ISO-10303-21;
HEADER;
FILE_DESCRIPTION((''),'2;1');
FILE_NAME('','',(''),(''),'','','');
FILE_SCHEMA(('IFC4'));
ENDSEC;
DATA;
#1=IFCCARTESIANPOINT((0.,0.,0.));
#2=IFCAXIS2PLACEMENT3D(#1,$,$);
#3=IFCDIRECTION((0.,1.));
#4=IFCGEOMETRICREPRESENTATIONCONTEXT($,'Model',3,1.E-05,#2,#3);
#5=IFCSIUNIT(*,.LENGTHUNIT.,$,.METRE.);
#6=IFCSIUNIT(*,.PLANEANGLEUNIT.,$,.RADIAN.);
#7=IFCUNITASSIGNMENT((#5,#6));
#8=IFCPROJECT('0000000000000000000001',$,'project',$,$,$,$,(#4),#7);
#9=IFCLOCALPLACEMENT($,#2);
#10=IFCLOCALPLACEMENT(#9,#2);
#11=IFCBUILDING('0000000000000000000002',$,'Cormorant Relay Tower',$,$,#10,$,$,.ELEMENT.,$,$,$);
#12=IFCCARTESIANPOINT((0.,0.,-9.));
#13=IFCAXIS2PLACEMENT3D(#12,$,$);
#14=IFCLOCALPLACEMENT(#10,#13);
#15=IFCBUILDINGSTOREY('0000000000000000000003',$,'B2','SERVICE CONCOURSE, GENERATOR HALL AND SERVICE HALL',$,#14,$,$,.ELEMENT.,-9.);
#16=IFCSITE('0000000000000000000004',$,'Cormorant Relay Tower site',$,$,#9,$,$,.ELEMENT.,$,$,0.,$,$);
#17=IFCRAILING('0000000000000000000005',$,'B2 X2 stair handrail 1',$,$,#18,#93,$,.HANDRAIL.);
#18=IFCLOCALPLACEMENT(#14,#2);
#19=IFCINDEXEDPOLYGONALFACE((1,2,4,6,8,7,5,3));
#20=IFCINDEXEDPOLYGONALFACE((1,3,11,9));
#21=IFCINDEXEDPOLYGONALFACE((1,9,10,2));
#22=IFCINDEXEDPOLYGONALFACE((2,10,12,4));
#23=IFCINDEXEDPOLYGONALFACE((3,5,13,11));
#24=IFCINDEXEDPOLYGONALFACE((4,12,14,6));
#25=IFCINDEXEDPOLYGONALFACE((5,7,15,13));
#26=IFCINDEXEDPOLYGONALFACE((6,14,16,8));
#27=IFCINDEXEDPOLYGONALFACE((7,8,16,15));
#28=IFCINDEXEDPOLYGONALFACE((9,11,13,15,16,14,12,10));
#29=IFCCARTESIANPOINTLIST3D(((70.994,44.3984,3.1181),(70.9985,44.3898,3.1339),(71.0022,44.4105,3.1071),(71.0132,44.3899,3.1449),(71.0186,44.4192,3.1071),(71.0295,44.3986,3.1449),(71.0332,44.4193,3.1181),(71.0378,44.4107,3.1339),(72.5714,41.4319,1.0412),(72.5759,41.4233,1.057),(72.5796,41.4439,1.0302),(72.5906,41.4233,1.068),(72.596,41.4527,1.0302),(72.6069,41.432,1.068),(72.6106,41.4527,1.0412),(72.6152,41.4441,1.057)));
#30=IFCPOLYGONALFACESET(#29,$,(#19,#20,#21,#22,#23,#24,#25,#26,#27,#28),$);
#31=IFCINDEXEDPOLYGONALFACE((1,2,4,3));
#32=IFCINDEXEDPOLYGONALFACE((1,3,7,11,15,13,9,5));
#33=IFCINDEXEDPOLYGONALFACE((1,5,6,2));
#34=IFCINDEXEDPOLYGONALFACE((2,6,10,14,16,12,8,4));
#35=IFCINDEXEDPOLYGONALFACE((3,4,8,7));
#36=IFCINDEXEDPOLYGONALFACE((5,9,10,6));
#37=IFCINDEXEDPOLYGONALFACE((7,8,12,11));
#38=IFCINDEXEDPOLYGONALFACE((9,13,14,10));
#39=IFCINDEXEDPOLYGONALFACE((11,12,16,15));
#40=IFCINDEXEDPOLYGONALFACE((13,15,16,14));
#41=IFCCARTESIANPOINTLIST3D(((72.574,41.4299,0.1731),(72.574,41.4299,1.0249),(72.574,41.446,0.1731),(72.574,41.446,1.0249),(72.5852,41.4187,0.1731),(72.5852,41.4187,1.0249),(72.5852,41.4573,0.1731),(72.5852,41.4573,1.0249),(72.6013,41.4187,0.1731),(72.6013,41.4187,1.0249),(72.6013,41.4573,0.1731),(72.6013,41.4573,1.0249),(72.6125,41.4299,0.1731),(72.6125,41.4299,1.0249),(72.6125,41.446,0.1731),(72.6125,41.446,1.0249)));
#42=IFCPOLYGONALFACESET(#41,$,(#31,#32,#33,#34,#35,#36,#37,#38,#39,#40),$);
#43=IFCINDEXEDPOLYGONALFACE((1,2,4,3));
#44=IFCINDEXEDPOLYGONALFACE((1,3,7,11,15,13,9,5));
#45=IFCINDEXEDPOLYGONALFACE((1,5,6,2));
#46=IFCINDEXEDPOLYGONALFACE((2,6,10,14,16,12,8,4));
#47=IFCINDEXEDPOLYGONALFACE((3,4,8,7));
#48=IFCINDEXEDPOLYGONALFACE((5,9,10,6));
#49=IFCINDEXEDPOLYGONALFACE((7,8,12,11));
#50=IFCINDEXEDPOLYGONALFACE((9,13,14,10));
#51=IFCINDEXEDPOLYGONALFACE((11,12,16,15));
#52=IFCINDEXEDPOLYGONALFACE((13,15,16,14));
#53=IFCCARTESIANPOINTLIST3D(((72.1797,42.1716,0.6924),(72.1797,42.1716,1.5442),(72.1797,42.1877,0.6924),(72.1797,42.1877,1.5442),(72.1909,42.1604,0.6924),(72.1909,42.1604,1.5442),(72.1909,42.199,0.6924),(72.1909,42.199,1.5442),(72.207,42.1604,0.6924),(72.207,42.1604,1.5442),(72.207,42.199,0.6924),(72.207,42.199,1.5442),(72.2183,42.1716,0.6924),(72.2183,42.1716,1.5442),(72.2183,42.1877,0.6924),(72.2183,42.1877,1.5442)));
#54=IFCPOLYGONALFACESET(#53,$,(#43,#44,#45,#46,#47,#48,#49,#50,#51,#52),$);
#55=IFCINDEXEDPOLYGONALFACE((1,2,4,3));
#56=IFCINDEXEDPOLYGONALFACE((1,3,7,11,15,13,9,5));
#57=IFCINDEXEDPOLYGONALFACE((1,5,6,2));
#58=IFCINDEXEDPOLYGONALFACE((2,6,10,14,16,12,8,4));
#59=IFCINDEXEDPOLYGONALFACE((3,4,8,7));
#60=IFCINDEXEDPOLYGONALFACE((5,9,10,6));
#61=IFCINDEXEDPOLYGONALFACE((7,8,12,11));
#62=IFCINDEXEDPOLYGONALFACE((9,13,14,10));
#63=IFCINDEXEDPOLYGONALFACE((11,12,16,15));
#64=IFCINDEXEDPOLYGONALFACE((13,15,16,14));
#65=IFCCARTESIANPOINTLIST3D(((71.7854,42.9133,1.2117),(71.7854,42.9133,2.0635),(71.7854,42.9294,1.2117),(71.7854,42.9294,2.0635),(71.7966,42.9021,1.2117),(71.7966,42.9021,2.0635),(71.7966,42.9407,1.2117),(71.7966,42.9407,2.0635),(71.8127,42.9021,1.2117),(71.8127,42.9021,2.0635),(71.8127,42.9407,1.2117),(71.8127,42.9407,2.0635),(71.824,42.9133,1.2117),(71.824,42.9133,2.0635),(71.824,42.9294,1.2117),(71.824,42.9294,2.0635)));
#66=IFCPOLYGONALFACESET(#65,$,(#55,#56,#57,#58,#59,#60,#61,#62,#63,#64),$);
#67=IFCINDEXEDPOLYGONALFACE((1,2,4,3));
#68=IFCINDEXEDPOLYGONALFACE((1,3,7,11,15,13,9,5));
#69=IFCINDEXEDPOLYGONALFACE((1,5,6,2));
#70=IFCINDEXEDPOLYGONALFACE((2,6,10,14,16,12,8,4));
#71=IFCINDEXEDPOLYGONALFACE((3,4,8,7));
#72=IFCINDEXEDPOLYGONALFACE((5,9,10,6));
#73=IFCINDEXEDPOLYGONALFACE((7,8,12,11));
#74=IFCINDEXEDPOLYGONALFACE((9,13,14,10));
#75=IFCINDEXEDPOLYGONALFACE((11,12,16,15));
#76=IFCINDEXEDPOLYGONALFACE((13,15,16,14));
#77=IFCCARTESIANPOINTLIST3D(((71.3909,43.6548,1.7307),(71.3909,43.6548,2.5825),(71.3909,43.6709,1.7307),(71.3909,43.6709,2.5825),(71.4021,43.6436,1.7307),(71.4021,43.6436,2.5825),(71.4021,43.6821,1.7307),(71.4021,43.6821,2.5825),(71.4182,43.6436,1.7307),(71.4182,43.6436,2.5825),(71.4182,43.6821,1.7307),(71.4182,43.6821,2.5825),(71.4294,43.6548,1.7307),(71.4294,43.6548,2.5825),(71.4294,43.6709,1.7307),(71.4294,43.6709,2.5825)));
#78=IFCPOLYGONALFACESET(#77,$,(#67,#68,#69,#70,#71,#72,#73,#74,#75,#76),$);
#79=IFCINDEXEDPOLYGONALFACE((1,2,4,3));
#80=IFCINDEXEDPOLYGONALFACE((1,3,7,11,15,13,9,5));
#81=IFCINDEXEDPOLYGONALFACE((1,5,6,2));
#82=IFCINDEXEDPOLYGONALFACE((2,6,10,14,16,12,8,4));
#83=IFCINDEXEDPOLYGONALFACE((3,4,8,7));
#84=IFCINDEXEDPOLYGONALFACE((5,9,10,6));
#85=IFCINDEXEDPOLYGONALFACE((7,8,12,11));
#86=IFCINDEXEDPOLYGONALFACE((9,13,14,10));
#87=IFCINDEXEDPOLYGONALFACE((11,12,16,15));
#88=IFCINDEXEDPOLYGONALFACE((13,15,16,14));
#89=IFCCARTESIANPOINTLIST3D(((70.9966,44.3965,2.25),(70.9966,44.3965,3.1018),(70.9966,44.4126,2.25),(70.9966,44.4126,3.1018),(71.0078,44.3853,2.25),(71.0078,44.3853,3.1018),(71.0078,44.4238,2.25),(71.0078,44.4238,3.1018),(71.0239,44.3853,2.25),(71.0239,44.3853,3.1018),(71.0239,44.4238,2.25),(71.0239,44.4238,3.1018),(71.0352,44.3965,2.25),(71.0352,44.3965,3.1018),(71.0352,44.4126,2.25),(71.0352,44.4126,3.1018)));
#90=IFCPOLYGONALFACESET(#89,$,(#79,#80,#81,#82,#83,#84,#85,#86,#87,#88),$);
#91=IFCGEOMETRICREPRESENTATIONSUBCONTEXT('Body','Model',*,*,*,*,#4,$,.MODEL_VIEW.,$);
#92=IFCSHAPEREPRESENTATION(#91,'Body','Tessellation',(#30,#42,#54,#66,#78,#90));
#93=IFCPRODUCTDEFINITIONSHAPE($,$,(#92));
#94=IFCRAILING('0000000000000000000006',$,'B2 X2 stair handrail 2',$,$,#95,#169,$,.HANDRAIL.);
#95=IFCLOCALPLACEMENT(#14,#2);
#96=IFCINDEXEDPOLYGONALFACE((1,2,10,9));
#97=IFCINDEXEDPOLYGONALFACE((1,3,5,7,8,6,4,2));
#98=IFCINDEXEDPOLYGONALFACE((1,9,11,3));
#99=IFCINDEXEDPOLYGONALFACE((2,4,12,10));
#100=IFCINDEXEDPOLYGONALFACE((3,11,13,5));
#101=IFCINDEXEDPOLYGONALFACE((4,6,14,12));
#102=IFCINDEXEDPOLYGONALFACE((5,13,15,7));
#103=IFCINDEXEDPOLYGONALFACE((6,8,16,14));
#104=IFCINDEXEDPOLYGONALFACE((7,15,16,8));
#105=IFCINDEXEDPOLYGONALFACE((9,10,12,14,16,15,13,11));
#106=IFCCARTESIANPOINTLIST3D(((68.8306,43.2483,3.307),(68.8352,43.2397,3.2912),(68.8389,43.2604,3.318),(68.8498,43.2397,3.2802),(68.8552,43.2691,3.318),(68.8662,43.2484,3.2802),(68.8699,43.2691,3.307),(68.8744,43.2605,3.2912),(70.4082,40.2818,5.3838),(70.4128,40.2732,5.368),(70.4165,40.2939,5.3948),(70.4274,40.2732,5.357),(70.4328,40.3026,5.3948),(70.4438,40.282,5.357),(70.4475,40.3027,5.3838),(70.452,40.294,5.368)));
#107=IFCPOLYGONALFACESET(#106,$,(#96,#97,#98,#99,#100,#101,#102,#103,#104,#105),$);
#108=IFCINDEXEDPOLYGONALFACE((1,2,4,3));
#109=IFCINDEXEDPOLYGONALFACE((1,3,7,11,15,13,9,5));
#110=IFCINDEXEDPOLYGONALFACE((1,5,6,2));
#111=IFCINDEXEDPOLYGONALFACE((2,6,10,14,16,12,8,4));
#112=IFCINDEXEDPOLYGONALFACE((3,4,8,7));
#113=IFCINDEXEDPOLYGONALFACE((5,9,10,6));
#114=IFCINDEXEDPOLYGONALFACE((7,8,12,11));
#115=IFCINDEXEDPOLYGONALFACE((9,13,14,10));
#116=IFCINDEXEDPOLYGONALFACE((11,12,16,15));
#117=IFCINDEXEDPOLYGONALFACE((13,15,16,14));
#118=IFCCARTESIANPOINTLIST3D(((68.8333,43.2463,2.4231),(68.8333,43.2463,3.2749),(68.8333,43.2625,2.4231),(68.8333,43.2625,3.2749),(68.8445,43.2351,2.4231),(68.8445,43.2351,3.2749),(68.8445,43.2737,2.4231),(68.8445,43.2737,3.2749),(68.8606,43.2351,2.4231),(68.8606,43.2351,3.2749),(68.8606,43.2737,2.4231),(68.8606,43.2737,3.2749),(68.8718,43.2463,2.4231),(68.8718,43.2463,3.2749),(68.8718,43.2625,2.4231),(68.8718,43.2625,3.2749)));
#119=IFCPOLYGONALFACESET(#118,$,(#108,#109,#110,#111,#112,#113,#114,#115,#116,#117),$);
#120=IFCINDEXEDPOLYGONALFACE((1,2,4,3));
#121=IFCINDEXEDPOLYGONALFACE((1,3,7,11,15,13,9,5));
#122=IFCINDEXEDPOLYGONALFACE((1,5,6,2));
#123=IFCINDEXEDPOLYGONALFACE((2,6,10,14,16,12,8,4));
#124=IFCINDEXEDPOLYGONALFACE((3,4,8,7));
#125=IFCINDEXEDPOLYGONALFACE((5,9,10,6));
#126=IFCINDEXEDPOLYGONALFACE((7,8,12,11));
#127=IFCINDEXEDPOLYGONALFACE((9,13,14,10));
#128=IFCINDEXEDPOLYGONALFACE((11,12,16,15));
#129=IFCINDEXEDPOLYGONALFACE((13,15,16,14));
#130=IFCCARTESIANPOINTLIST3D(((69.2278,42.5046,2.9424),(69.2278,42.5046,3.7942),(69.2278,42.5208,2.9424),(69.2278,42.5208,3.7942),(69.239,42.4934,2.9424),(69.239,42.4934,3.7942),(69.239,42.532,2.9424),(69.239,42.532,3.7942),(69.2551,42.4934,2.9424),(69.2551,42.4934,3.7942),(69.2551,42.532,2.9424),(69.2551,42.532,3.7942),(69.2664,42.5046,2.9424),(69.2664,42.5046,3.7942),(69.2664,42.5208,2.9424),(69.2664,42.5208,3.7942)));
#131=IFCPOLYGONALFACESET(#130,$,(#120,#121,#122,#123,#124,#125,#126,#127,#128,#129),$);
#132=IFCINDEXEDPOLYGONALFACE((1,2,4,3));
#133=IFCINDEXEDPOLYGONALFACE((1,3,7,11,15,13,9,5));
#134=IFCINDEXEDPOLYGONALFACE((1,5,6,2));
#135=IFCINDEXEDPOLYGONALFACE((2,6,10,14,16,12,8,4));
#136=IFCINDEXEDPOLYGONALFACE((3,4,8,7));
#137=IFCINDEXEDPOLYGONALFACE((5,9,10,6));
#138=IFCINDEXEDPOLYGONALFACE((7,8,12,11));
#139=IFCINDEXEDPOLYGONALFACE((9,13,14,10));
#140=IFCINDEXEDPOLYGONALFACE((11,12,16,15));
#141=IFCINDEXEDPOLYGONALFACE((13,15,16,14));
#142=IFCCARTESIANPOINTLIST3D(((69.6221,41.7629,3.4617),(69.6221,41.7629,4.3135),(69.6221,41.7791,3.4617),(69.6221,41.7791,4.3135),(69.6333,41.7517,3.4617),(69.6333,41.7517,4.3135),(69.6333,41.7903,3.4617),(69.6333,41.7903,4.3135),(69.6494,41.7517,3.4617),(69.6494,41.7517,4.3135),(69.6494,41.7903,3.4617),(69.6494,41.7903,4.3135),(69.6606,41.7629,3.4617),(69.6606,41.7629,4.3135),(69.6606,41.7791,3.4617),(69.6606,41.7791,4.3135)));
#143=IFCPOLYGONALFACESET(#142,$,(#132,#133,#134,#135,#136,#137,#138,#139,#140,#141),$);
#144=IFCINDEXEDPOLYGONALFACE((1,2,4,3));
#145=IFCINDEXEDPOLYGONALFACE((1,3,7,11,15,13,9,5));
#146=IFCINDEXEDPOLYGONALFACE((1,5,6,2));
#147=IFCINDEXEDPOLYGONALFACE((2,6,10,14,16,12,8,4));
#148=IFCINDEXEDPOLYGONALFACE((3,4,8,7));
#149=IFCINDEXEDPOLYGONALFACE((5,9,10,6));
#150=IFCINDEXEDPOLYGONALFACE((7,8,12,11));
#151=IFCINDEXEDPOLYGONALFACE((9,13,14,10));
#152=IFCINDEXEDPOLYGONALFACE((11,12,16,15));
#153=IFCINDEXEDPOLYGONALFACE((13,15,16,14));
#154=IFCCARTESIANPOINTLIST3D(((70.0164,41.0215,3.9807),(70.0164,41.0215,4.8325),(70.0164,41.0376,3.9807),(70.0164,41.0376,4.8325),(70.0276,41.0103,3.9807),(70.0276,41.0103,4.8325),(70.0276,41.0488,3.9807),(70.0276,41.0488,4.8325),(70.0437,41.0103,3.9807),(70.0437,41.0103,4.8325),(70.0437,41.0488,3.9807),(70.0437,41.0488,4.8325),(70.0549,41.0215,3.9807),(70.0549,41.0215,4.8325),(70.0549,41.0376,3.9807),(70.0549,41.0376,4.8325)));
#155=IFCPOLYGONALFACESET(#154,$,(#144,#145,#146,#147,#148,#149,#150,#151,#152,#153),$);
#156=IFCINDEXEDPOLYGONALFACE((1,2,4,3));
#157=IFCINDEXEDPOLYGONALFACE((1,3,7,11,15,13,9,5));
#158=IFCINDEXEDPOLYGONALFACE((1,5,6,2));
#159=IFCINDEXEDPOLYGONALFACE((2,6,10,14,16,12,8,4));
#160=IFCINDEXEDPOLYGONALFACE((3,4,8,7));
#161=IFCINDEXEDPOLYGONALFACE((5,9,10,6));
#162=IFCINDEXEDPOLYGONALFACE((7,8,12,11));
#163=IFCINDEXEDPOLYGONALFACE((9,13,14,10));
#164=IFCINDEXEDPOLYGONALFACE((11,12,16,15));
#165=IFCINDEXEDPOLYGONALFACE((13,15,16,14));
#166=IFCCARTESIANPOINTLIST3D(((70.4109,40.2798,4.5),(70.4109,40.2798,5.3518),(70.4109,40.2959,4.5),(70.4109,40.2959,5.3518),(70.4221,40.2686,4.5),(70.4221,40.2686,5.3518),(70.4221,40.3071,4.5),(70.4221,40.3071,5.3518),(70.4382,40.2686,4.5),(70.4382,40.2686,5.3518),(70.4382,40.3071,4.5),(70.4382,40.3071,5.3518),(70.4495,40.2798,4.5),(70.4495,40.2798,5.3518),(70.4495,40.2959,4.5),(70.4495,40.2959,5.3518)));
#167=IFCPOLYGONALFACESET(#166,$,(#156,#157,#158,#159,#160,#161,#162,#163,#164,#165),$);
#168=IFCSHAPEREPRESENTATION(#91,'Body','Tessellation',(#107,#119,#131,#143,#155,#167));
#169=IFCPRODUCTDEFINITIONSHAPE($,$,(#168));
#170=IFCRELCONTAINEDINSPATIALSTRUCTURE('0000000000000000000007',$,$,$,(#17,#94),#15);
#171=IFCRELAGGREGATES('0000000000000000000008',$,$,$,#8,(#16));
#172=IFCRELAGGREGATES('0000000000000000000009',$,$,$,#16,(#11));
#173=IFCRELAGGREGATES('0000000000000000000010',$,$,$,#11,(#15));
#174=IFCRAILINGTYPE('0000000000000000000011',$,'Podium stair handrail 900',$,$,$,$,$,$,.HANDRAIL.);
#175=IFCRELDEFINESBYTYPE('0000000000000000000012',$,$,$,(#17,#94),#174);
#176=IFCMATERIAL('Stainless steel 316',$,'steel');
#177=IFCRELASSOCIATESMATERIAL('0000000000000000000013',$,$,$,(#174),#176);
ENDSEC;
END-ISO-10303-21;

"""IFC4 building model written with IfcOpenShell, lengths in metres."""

from ifc_helpers import new_model, si_unit, direction, frame, origin, place, context, subcontext, project, spatial, polyline, outline, extrude, material, type_object, element, save


model = new_model("IFC4")

# Units and contexts
model_context = context("Model", 3, precision=1e-05, world=origin(), true_north=direction((0.0, 1.0)))
body_context = subcontext(model_context, "Body", "Model", "MODEL_VIEW")
ifc_project = project(units=[si_unit("LENGTHUNIT", "METRE"), si_unit("PLANEANGLEUNIT", "RADIAN")], contexts=[model_context])

# Site, building, storey
site_placement = place(None, origin())
site = spatial("IfcSite", under=ifc_project, at=site_placement, Name="Cormorant Relay Tower site", CompositionType="ELEMENT", RefElevation=0.0)
building_placement = place(site_placement, origin())
building = spatial("IfcBuilding", under=site, at=building_placement, Name="Cormorant Relay Tower", CompositionType="ELEMENT")
storey_placement = place(building_placement, frame((0.0, 0.0, -9.0)))
storey = spatial("IfcBuildingStorey", under=building, at=storey_placement, Name="B2", Description="SERVICE CONCOURSE, GENERATOR HALL AND SERVICE HALL", CompositionType="ELEMENT", Elevation=-9.0)

# Railings
ifc_material_1 = material(Name="Stainless steel 316", Category="steel")
railing_type_1 = type_object("IfcRailingType", Name="Podium stair handrail 900", PredefinedType="HANDRAIL", material=ifc_material_1)
railing_1_placement = place(storey_placement, frame((72.5933, 41.438, 0.1731)))
element("IfcRailing", 1, at=railing_1_placement, inside=storey, type_object=railing_type_1, Name="B2 X2 stair handrail 1", PredefinedType="HANDRAIL", context=body_context, shape_type="SweptSolid", body=[
    extrude(outline(polyline([(0.0222, 0.0093), (0.0093, 0.0222), (-0.0093, 0.0222), (-0.0222, 0.0093), (-0.0222, -0.0093), (-0.0093, -0.0222), (0.0093, -0.0222), (0.0222, -0.0093), (0.0222, 0.0093)])), frame((0.0, 0.0, 0.876), z_axis=(-0.399345, 0.751035, 0.525805), x_axis=(-0.882942, -0.469483, 0.0)), (0.0, 0.0, 1.0), 3.95),
    extrude(outline(polyline([(0.0193, 0.0081), (0.0081, 0.0193), (-0.0081, 0.0193), (-0.0193, 0.0081), (-0.0193, -0.0081), (-0.0081, -0.0193), (0.0081, -0.0193), (0.0193, -0.0081), (0.0193, 0.0081)])), origin(), (0.0, 0.0, 1.0), 0.8518),
    extrude(outline(polyline([(0.0193, 0.0081), (0.0081, 0.0193), (-0.0081, 0.0193), (-0.0193, 0.0081), (-0.0193, -0.0081), (-0.0081, -0.0193), (0.0081, -0.0193), (0.0193, -0.0081), (0.0193, 0.0081)])), frame((-0.3943, 0.7417, 0.5193)), (0.0, 0.0, 1.0), 0.8518),
    extrude(outline(polyline([(0.0193, 0.0081), (0.0081, 0.0193), (-0.0081, 0.0193), (-0.0193, 0.0081), (-0.0193, -0.0081), (-0.0081, -0.0193), (0.0081, -0.0193), (0.0193, -0.0081), (0.0193, 0.0081)])), frame((-0.7886, 1.4834, 1.0386)), (0.0, 0.0, 1.0), 0.8518),
    extrude(outline(polyline([(0.0193, 0.0081), (0.0081, 0.0193), (-0.0081, 0.0193), (-0.0193, 0.0081), (-0.0193, -0.0081), (-0.0081, -0.0193), (0.0081, -0.0193), (0.0193, -0.0081), (0.0193, 0.0081)])), frame((-1.1831, 2.2249, 1.5576)), (0.0, 0.0, 1.0), 0.8518),
    extrude(outline(polyline([(0.0193, 0.0081), (0.0081, 0.0193), (-0.0081, 0.0193), (-0.0193, 0.0081), (-0.0193, -0.0081), (-0.0081, -0.0193), (0.0081, -0.0193), (0.0193, -0.0081), (0.0193, 0.0081)])), frame((-1.5774, 2.9666, 2.0769)), (0.0, 0.0, 1.0), 0.8518),
])
railing_2_placement = place(storey_placement, frame((68.8525, 43.2544, 2.4231)))
element("IfcRailing", 2, at=railing_2_placement, inside=storey, type_object=railing_type_1, Name="B2 X2 stair handrail 2", PredefinedType="HANDRAIL", context=body_context, shape_type="SweptSolid", body=[
    extrude(outline(polyline([(0.0222, 0.0093), (0.0093, 0.0222), (-0.0093, 0.0222), (-0.0222, 0.0093), (-0.0222, -0.0093), (-0.0093, -0.0222), (0.0093, -0.0222), (0.0222, -0.0093), (0.0222, 0.0093)])), frame((0.0, 0.0, 0.876), z_axis=(0.399397, -0.751016, 0.525792), x_axis=(0.882911, 0.469539, 0.0)), (0.0, 0.0, 1.0), 3.95),
    extrude(outline(polyline([(0.0193, 0.0081), (0.0081, 0.0193), (-0.0081, 0.0193), (-0.0193, 0.0081), (-0.0193, -0.0081), (-0.0081, -0.0193), (0.0081, -0.0193), (0.0193, -0.0081), (0.0193, 0.0081)])), origin(), (0.0, 0.0, 1.0), 0.8518),
    extrude(outline(polyline([(0.0193, 0.0081), (0.0081, 0.0193), (-0.0081, 0.0193), (-0.0193, 0.0081), (-0.0193, -0.0081), (-0.0081, -0.0193), (0.0081, -0.0193), (0.0193, -0.0081), (0.0193, 0.0081)])), frame((0.3945, -0.7417, 0.5193)), (0.0, 0.0, 1.0), 0.8518),
    extrude(outline(polyline([(0.0193, 0.0081), (0.0081, 0.0193), (-0.0081, 0.0193), (-0.0193, 0.0081), (-0.0193, -0.0081), (-0.0081, -0.0193), (0.0081, -0.0193), (0.0193, -0.0081), (0.0193, 0.0081)])), frame((0.7888, -1.4834, 1.0386)), (0.0, 0.0, 1.0), 0.8518),
    extrude(outline(polyline([(0.0193, 0.0081), (0.0081, 0.0193), (-0.0081, 0.0193), (-0.0193, 0.0081), (-0.0193, -0.0081), (-0.0081, -0.0193), (0.0081, -0.0193), (0.0193, -0.0081), (0.0193, 0.0081)])), frame((1.1831, -2.2249, 1.5576)), (0.0, 0.0, 1.0), 0.8518),
    extrude(outline(polyline([(0.0193, 0.0081), (0.0081, 0.0193), (-0.0081, 0.0193), (-0.0193, 0.0081), (-0.0193, -0.0081), (-0.0081, -0.0193), (0.0081, -0.0193), (0.0193, -0.0081), (0.0193, 0.0081)])), frame((1.5776, -2.9666, 2.0769)), (0.0, 0.0, 1.0), 0.8518),
])

save(model, "model.ifc")
